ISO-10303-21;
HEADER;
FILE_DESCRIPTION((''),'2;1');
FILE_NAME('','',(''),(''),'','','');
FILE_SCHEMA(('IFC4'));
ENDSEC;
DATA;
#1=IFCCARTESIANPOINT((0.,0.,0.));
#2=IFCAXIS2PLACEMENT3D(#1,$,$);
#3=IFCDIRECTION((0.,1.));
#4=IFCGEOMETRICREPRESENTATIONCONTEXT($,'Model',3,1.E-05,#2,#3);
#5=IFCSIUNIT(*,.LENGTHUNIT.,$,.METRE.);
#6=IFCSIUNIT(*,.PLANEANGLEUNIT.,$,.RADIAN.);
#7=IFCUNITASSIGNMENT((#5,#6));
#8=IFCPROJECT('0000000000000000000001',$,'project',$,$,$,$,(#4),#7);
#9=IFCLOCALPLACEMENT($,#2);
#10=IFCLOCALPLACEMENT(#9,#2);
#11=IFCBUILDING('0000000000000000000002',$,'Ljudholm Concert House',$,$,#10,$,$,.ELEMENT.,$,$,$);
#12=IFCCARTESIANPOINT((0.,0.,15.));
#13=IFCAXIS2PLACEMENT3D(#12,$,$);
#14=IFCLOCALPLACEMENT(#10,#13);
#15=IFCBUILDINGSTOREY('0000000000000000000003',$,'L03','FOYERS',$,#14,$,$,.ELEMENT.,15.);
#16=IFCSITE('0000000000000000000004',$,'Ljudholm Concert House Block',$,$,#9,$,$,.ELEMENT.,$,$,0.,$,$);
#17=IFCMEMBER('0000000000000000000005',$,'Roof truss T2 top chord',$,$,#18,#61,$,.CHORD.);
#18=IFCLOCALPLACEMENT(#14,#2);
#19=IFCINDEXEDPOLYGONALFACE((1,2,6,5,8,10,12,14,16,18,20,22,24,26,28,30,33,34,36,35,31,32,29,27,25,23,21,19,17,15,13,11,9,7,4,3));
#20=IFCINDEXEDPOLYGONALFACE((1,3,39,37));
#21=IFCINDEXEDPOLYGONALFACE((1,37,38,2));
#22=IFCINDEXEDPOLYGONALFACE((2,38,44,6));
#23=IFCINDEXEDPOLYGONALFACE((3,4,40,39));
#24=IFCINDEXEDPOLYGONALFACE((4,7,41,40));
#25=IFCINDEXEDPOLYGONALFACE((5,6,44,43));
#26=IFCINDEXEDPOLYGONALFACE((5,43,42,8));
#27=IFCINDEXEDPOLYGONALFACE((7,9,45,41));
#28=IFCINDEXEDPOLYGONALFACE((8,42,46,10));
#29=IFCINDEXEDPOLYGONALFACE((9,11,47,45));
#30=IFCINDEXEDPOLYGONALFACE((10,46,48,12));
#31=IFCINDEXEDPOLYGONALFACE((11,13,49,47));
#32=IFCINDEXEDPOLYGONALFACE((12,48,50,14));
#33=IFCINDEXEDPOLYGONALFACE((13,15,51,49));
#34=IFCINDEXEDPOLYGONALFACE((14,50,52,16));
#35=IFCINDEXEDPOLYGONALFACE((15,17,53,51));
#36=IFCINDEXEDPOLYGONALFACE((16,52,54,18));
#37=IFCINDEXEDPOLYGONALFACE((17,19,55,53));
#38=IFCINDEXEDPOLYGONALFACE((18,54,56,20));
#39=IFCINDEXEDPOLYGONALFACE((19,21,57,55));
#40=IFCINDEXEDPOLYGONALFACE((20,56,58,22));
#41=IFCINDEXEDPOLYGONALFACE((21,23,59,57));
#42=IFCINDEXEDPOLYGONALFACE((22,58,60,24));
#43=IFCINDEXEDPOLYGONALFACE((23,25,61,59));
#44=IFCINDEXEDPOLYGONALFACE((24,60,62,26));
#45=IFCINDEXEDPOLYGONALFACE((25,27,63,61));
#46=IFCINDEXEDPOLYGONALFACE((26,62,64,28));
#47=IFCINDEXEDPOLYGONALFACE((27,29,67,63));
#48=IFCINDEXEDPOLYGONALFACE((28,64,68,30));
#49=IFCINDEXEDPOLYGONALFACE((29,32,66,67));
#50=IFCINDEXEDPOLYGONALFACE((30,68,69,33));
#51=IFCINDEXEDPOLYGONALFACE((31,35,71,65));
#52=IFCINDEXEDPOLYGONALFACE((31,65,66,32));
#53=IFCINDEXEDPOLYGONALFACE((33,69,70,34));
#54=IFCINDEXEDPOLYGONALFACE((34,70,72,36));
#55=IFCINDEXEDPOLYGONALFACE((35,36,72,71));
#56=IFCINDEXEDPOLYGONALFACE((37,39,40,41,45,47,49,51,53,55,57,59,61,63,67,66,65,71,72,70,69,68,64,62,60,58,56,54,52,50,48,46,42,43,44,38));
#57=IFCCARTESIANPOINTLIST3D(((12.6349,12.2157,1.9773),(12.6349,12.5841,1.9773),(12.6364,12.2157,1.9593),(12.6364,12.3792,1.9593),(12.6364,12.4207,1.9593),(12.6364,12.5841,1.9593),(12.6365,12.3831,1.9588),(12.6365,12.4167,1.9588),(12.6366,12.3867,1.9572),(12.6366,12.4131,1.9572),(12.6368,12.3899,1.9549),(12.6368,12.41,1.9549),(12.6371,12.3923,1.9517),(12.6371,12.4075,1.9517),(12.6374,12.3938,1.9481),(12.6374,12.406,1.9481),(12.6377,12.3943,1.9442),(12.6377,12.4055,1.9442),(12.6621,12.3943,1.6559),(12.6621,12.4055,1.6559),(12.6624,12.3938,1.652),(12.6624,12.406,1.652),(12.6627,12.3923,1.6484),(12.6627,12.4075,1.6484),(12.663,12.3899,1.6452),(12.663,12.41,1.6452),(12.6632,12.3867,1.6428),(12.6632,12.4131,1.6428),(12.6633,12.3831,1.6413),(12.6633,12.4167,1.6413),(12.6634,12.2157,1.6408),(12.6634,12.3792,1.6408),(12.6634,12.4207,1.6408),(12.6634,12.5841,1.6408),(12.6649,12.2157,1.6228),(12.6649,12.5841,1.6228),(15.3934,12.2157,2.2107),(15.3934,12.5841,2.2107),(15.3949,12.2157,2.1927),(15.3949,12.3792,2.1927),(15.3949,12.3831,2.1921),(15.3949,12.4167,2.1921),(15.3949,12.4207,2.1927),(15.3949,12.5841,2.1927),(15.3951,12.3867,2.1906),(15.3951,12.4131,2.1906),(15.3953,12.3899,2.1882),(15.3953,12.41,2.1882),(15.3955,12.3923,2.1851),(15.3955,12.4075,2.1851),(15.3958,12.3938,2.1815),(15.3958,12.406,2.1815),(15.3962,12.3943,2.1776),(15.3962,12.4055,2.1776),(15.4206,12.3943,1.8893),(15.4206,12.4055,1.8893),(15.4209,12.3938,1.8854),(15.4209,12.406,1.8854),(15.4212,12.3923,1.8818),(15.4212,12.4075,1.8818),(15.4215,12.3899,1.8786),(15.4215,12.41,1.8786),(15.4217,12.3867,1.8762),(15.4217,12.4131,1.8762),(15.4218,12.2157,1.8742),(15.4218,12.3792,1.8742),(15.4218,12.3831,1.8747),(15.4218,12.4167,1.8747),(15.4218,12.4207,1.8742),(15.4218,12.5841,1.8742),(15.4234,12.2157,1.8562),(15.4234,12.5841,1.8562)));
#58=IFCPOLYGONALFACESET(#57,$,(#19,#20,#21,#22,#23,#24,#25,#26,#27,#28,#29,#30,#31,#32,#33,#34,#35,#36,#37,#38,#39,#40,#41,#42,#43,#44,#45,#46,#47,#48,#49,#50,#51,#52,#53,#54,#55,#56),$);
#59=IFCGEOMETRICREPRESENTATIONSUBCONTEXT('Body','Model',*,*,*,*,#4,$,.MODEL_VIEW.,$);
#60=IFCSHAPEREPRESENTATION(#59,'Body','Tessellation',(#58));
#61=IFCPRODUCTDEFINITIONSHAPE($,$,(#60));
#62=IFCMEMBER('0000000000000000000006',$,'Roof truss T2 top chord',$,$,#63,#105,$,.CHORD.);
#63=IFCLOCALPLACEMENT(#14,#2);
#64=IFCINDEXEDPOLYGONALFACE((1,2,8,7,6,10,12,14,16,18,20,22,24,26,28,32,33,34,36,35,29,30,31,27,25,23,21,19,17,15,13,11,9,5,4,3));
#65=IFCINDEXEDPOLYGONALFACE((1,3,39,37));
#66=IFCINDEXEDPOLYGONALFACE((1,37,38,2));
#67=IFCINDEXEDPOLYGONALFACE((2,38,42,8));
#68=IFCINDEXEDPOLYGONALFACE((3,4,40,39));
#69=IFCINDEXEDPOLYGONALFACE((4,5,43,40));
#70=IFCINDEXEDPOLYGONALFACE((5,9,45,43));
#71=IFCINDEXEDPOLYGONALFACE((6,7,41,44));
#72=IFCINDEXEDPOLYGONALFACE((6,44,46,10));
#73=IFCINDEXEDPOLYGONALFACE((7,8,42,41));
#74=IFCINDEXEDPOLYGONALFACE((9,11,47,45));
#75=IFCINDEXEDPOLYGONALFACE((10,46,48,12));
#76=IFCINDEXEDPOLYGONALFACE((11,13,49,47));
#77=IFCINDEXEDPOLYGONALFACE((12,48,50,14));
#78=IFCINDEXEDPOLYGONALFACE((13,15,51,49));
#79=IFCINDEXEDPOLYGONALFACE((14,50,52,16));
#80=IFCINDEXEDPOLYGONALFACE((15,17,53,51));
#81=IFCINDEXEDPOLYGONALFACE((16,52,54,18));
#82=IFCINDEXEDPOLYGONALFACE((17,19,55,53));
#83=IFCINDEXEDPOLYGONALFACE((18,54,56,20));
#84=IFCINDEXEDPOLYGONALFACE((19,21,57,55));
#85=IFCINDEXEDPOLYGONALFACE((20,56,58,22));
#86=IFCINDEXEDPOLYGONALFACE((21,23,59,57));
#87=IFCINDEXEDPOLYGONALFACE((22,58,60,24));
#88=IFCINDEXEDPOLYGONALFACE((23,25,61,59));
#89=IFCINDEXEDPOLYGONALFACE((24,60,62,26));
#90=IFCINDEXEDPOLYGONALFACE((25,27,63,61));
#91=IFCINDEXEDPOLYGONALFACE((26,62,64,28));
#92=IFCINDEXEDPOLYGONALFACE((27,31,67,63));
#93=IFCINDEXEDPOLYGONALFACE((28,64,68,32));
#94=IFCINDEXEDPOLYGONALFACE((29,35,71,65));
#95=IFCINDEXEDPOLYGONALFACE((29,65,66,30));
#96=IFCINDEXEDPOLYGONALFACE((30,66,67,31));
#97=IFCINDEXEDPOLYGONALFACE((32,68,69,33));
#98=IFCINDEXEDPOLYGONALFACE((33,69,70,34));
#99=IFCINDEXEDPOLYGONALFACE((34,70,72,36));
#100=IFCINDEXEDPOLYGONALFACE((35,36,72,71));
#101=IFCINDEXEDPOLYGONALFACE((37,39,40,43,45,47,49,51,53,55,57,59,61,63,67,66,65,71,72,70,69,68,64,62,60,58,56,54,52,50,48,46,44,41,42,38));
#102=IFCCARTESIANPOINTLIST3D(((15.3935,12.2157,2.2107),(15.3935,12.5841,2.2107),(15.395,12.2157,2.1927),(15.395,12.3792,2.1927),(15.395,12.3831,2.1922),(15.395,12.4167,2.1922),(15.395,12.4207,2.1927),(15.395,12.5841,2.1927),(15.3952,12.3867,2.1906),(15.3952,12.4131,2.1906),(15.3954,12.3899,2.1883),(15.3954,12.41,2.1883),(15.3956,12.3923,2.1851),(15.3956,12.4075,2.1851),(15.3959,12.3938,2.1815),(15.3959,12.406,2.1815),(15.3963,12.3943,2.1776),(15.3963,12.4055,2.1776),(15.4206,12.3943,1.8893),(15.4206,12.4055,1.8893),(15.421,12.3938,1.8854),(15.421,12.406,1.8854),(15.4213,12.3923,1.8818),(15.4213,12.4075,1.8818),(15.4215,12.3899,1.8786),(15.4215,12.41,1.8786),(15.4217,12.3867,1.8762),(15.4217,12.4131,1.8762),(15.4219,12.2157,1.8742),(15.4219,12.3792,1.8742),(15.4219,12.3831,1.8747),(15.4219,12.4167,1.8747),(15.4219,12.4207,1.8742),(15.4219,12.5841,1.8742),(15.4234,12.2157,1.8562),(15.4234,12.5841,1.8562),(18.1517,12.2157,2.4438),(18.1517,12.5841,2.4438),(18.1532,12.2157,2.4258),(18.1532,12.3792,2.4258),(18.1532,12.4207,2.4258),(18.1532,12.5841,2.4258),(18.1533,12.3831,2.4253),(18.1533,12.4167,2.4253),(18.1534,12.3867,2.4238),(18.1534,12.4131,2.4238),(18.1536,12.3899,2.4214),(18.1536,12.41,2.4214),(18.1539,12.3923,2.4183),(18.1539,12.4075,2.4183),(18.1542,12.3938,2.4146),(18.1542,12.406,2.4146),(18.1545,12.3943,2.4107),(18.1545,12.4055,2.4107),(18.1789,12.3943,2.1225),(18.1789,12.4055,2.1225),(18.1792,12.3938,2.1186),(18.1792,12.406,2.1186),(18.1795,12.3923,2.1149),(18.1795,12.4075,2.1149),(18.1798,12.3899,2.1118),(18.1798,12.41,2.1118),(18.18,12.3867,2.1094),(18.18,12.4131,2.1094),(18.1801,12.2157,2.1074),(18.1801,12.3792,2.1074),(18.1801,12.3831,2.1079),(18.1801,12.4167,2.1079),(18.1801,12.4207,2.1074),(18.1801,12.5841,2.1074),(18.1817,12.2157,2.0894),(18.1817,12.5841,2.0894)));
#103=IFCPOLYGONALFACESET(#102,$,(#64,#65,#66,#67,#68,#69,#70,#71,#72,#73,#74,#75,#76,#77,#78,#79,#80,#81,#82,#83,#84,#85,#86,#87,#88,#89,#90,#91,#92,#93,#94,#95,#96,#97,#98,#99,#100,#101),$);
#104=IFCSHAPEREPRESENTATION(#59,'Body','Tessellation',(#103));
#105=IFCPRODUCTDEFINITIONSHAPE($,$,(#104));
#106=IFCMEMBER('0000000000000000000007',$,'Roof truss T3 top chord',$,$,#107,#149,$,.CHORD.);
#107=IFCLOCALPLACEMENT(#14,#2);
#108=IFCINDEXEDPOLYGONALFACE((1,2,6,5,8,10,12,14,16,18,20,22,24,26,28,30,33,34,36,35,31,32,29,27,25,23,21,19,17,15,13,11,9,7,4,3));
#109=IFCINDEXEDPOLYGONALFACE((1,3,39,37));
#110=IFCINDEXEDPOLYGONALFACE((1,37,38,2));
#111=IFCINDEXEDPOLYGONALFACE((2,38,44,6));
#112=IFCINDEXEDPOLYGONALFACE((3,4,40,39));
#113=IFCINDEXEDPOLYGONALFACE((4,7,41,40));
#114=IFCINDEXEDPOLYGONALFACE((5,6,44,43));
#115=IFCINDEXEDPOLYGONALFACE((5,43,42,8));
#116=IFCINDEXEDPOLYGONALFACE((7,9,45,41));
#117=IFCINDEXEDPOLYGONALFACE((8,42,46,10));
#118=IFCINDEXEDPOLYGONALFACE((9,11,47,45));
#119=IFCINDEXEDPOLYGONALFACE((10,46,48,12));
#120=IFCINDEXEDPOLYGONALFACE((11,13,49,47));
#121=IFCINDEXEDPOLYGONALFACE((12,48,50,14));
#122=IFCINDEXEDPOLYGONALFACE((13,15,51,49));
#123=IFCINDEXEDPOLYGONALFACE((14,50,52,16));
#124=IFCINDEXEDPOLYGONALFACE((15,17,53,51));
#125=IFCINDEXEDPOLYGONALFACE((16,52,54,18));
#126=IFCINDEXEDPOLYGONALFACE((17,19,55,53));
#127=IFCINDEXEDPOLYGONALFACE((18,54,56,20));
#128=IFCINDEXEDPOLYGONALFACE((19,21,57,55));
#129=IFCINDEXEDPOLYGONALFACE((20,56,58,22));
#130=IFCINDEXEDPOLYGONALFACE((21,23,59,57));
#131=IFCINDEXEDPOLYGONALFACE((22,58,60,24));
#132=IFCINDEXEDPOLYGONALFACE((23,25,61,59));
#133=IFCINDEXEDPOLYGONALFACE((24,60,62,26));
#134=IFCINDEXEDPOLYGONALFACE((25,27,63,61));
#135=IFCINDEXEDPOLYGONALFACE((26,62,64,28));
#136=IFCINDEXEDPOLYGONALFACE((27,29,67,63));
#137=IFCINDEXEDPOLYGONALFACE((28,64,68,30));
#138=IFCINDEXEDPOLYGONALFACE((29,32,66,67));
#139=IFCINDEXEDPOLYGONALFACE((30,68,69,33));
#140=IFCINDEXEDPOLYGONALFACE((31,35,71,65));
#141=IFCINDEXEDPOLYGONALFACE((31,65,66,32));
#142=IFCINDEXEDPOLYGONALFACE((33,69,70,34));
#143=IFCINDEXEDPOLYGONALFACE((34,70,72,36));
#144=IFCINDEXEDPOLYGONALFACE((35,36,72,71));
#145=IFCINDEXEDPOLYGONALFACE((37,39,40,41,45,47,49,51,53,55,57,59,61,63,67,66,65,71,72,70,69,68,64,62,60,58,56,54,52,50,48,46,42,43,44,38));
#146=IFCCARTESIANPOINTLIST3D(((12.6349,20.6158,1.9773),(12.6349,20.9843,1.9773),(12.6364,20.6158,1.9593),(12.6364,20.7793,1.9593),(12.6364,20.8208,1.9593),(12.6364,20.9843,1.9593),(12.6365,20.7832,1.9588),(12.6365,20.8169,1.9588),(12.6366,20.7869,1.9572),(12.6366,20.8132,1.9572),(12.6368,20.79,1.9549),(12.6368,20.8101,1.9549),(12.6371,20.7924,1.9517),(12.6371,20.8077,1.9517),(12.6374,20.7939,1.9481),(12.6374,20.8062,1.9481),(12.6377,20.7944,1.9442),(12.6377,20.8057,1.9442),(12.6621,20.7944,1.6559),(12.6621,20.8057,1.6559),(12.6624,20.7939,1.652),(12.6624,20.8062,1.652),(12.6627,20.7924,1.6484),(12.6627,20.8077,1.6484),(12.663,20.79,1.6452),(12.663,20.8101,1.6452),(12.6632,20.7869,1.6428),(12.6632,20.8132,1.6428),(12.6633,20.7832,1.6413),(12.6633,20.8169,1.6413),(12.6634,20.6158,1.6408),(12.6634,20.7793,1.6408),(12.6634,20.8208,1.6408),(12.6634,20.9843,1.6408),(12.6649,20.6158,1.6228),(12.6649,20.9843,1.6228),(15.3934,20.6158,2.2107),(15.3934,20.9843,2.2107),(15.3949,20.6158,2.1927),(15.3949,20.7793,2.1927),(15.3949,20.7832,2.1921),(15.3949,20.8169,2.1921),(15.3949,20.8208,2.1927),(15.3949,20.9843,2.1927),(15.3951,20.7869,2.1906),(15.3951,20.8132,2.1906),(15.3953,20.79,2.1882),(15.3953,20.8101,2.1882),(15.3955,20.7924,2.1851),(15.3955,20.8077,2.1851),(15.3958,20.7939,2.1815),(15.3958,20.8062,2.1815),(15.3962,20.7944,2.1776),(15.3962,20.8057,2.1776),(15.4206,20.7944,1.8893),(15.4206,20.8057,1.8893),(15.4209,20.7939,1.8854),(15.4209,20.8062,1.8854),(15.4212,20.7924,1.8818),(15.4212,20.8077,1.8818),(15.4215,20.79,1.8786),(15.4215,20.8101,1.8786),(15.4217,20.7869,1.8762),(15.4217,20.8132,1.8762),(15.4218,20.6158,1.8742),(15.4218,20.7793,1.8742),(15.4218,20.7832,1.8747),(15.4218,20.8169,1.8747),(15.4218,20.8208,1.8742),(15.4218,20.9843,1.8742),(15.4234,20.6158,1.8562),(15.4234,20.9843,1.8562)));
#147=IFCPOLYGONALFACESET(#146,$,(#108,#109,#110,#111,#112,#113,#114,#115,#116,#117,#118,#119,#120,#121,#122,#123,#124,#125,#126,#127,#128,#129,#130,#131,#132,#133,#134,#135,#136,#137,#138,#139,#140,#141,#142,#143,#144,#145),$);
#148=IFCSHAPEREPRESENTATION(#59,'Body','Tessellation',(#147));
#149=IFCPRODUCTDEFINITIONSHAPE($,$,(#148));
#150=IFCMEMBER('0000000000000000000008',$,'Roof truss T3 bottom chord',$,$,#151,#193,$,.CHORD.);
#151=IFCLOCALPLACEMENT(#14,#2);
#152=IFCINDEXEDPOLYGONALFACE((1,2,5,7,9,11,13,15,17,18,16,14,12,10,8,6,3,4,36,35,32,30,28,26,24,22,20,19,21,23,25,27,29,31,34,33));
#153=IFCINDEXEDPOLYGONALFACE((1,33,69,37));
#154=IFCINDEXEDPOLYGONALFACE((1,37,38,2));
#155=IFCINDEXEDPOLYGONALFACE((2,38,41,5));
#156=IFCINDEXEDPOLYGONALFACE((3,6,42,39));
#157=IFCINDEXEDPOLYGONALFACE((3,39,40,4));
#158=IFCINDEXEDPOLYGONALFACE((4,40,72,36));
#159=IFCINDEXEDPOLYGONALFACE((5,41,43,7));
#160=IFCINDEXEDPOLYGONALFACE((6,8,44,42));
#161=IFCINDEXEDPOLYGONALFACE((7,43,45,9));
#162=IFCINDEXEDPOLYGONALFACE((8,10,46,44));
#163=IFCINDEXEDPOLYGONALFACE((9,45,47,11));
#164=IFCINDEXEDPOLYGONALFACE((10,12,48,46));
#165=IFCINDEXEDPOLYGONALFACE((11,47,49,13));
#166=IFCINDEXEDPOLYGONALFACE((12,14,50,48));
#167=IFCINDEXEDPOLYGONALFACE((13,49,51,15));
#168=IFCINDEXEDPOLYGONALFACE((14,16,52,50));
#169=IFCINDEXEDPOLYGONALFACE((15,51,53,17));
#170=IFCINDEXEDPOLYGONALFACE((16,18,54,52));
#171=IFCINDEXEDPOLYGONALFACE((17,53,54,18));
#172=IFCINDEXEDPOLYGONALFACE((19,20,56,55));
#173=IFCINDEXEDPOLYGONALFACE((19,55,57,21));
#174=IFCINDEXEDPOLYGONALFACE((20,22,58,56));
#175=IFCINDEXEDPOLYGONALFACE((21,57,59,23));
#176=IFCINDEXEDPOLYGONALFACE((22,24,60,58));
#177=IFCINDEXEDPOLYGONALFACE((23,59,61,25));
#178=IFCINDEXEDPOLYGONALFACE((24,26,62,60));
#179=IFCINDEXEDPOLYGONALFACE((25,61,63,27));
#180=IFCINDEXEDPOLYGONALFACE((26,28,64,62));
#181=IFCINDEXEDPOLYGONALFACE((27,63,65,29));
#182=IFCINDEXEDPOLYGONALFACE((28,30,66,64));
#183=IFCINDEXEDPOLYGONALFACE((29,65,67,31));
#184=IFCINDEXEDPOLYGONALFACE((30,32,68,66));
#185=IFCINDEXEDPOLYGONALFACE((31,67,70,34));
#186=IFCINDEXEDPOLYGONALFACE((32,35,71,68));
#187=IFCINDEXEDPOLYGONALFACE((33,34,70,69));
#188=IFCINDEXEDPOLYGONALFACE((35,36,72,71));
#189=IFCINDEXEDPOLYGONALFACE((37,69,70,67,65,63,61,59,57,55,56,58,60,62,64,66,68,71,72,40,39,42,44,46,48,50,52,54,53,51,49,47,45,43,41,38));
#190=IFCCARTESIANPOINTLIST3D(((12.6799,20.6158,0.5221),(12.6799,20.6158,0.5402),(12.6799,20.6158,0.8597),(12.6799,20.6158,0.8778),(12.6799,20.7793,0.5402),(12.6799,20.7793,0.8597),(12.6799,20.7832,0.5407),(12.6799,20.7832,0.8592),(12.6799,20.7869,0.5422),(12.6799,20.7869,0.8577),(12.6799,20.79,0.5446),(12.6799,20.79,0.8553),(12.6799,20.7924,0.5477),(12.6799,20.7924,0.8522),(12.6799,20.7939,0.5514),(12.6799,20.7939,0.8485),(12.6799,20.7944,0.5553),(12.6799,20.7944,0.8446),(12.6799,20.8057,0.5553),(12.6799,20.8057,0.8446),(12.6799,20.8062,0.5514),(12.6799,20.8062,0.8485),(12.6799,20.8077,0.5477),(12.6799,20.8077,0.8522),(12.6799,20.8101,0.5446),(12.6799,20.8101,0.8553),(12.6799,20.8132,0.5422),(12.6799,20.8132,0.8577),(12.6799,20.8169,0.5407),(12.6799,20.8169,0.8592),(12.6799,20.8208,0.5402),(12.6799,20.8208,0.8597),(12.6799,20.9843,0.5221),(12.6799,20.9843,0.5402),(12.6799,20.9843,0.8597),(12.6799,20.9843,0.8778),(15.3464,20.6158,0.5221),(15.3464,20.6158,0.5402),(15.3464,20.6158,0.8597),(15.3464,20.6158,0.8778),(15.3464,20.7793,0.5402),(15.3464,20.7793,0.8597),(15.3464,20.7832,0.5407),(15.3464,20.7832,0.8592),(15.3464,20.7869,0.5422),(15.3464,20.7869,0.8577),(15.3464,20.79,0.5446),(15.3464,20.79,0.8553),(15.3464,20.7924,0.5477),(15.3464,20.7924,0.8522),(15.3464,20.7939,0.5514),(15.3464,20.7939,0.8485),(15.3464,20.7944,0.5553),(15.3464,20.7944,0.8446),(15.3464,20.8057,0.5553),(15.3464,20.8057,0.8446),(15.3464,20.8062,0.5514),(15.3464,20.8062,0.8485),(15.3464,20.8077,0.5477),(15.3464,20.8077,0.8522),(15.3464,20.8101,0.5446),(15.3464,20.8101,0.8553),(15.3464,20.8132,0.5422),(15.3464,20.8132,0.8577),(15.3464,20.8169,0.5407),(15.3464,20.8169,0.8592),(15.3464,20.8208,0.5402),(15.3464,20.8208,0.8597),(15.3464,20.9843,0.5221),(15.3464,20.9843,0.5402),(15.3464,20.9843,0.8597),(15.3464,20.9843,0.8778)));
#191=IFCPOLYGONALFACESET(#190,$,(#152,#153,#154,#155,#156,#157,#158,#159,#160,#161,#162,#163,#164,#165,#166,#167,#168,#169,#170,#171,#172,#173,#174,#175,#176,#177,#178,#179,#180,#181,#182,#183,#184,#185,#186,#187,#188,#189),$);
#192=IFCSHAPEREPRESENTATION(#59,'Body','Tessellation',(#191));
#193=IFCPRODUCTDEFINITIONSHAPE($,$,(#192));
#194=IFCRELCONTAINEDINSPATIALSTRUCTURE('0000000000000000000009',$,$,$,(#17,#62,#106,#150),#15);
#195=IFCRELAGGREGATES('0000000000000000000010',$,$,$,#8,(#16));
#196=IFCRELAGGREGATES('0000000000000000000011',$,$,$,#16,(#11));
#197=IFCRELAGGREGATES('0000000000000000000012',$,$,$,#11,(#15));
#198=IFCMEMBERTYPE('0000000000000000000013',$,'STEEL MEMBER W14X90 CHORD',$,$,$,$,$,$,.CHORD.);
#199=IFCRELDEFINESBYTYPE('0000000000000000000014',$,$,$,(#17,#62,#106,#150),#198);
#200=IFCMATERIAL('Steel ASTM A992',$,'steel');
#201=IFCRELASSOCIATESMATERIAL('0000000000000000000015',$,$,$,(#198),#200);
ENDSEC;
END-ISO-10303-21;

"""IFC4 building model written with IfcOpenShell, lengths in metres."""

from ifc_helpers import new_model, si_unit, direction, frame, origin, origin_2d, place, context, subcontext, project, spatial, i_section, extrude, material, material_profile, profile_set, type_object, element, save


model = new_model("IFC4")

# Units and contexts
model_context = context("Model", 3, precision=1e-05, world=origin(), true_north=direction((0.0, 1.0)))
body_context = subcontext(model_context, "Body", "Model", "MODEL_VIEW")
ifc_project = project(units=[si_unit("LENGTHUNIT", "METRE"), si_unit("PLANEANGLEUNIT", "RADIAN")], contexts=[model_context])

# Site, building, storey
site_placement = place(None, origin())
site = spatial("IfcSite", under=ifc_project, at=site_placement, Name="Ljudholm Concert House Block", CompositionType="ELEMENT", RefElevation=0.0)
building_placement = place(site_placement, origin())
building = spatial("IfcBuilding", under=site, at=building_placement, Name="Ljudholm Concert House", CompositionType="ELEMENT")
storey_placement = place(building_placement, frame((0.0, 0.0, 15.0)))
storey = spatial("IfcBuildingStorey", under=building, at=storey_placement, Name="L03", Description="FOYERS", CompositionType="ELEMENT", Elevation=15.0)

# Members
ifc_material_1 = material(Name="Steel ASTM A992", Category="steel")
ifc_material_profile_1 = material_profile(ifc_material_1, i_section(OverallWidth=0.3684, OverallDepth=0.3557, WebThickness=0.0112, FlangeThickness=0.0181, FilletRadius=0.0151, at=origin_2d()), Name="W14X90")
ifc_profile_set_1 = profile_set([ifc_material_profile_1], Name="Steel ASTM A992")
member_type_1 = type_object("IfcMemberType", Name="STEEL MEMBER W14X90 CHORD", PredefinedType="CHORD", material=ifc_profile_set_1)
member_1_placement = place(storey_placement, frame((12.6499, 12.3999, 1.8), z_axis=(0.99644, 0.0, 0.084308), x_axis=(0.0, 1.0, 0.0)))
element("IfcMember", 1, at=member_1_placement, inside=storey, type_object=member_type_1, Name="Roof truss T2 top chord", PredefinedType="CHORD", context=body_context, shape_type="SweptSolid", body=[
    extrude(i_section(OverallWidth=0.3684, OverallDepth=0.3557, WebThickness=0.0112, FlangeThickness=0.0181, FilletRadius=0.0151, at=origin_2d()), origin(), (0.0, 0.0, 1.0), 2.7683),
])
member_2_placement = place(storey_placement, frame((15.4084, 12.3999, 2.0334), z_axis=(0.996447, 0.0, 0.084228), x_axis=(0.0, 1.0, 0.0)))
element("IfcMember", 2, at=member_2_placement, inside=storey, type_object=member_type_1, Name="Roof truss T2 top chord", PredefinedType="CHORD", context=body_context, shape_type="SweptSolid", body=[
    extrude(i_section(OverallWidth=0.3684, OverallDepth=0.3557, WebThickness=0.0112, FlangeThickness=0.0181, FilletRadius=0.0151, at=origin_2d()), origin(), (0.0, 0.0, 1.0), 2.7681),
])
member_3_placement = place(storey_placement, frame((12.6499, 20.8, 1.8), z_axis=(0.99644, 0.0, 0.084308), x_axis=(0.0, 1.0, 0.0)))
element("IfcMember", 3, at=member_3_placement, inside=storey, type_object=member_type_1, Name="Roof truss T3 top chord", PredefinedType="CHORD", context=body_context, shape_type="SweptSolid", body=[
    extrude(i_section(OverallWidth=0.3684, OverallDepth=0.3557, WebThickness=0.0112, FlangeThickness=0.0181, FilletRadius=0.0151, at=origin_2d()), origin(), (0.0, 0.0, 1.0), 2.7683),
])
member_4_placement = place(storey_placement, frame((12.6799, 20.8, 0.7), z_axis=(1.0, 0.0, 0.0), x_axis=(0.0, 1.0, 0.0)))
element("IfcMember", 4, at=member_4_placement, inside=storey, type_object=member_type_1, Name="Roof truss T3 bottom chord", PredefinedType="CHORD", context=body_context, shape_type="SweptSolid", body=[
    extrude(i_section(OverallWidth=0.3684, OverallDepth=0.3557, WebThickness=0.0112, FlangeThickness=0.0181, FilletRadius=0.0151, at=origin_2d()), origin(), (0.0, 0.0, 1.0), 2.6665),
])

save(model, "model.ifc")
